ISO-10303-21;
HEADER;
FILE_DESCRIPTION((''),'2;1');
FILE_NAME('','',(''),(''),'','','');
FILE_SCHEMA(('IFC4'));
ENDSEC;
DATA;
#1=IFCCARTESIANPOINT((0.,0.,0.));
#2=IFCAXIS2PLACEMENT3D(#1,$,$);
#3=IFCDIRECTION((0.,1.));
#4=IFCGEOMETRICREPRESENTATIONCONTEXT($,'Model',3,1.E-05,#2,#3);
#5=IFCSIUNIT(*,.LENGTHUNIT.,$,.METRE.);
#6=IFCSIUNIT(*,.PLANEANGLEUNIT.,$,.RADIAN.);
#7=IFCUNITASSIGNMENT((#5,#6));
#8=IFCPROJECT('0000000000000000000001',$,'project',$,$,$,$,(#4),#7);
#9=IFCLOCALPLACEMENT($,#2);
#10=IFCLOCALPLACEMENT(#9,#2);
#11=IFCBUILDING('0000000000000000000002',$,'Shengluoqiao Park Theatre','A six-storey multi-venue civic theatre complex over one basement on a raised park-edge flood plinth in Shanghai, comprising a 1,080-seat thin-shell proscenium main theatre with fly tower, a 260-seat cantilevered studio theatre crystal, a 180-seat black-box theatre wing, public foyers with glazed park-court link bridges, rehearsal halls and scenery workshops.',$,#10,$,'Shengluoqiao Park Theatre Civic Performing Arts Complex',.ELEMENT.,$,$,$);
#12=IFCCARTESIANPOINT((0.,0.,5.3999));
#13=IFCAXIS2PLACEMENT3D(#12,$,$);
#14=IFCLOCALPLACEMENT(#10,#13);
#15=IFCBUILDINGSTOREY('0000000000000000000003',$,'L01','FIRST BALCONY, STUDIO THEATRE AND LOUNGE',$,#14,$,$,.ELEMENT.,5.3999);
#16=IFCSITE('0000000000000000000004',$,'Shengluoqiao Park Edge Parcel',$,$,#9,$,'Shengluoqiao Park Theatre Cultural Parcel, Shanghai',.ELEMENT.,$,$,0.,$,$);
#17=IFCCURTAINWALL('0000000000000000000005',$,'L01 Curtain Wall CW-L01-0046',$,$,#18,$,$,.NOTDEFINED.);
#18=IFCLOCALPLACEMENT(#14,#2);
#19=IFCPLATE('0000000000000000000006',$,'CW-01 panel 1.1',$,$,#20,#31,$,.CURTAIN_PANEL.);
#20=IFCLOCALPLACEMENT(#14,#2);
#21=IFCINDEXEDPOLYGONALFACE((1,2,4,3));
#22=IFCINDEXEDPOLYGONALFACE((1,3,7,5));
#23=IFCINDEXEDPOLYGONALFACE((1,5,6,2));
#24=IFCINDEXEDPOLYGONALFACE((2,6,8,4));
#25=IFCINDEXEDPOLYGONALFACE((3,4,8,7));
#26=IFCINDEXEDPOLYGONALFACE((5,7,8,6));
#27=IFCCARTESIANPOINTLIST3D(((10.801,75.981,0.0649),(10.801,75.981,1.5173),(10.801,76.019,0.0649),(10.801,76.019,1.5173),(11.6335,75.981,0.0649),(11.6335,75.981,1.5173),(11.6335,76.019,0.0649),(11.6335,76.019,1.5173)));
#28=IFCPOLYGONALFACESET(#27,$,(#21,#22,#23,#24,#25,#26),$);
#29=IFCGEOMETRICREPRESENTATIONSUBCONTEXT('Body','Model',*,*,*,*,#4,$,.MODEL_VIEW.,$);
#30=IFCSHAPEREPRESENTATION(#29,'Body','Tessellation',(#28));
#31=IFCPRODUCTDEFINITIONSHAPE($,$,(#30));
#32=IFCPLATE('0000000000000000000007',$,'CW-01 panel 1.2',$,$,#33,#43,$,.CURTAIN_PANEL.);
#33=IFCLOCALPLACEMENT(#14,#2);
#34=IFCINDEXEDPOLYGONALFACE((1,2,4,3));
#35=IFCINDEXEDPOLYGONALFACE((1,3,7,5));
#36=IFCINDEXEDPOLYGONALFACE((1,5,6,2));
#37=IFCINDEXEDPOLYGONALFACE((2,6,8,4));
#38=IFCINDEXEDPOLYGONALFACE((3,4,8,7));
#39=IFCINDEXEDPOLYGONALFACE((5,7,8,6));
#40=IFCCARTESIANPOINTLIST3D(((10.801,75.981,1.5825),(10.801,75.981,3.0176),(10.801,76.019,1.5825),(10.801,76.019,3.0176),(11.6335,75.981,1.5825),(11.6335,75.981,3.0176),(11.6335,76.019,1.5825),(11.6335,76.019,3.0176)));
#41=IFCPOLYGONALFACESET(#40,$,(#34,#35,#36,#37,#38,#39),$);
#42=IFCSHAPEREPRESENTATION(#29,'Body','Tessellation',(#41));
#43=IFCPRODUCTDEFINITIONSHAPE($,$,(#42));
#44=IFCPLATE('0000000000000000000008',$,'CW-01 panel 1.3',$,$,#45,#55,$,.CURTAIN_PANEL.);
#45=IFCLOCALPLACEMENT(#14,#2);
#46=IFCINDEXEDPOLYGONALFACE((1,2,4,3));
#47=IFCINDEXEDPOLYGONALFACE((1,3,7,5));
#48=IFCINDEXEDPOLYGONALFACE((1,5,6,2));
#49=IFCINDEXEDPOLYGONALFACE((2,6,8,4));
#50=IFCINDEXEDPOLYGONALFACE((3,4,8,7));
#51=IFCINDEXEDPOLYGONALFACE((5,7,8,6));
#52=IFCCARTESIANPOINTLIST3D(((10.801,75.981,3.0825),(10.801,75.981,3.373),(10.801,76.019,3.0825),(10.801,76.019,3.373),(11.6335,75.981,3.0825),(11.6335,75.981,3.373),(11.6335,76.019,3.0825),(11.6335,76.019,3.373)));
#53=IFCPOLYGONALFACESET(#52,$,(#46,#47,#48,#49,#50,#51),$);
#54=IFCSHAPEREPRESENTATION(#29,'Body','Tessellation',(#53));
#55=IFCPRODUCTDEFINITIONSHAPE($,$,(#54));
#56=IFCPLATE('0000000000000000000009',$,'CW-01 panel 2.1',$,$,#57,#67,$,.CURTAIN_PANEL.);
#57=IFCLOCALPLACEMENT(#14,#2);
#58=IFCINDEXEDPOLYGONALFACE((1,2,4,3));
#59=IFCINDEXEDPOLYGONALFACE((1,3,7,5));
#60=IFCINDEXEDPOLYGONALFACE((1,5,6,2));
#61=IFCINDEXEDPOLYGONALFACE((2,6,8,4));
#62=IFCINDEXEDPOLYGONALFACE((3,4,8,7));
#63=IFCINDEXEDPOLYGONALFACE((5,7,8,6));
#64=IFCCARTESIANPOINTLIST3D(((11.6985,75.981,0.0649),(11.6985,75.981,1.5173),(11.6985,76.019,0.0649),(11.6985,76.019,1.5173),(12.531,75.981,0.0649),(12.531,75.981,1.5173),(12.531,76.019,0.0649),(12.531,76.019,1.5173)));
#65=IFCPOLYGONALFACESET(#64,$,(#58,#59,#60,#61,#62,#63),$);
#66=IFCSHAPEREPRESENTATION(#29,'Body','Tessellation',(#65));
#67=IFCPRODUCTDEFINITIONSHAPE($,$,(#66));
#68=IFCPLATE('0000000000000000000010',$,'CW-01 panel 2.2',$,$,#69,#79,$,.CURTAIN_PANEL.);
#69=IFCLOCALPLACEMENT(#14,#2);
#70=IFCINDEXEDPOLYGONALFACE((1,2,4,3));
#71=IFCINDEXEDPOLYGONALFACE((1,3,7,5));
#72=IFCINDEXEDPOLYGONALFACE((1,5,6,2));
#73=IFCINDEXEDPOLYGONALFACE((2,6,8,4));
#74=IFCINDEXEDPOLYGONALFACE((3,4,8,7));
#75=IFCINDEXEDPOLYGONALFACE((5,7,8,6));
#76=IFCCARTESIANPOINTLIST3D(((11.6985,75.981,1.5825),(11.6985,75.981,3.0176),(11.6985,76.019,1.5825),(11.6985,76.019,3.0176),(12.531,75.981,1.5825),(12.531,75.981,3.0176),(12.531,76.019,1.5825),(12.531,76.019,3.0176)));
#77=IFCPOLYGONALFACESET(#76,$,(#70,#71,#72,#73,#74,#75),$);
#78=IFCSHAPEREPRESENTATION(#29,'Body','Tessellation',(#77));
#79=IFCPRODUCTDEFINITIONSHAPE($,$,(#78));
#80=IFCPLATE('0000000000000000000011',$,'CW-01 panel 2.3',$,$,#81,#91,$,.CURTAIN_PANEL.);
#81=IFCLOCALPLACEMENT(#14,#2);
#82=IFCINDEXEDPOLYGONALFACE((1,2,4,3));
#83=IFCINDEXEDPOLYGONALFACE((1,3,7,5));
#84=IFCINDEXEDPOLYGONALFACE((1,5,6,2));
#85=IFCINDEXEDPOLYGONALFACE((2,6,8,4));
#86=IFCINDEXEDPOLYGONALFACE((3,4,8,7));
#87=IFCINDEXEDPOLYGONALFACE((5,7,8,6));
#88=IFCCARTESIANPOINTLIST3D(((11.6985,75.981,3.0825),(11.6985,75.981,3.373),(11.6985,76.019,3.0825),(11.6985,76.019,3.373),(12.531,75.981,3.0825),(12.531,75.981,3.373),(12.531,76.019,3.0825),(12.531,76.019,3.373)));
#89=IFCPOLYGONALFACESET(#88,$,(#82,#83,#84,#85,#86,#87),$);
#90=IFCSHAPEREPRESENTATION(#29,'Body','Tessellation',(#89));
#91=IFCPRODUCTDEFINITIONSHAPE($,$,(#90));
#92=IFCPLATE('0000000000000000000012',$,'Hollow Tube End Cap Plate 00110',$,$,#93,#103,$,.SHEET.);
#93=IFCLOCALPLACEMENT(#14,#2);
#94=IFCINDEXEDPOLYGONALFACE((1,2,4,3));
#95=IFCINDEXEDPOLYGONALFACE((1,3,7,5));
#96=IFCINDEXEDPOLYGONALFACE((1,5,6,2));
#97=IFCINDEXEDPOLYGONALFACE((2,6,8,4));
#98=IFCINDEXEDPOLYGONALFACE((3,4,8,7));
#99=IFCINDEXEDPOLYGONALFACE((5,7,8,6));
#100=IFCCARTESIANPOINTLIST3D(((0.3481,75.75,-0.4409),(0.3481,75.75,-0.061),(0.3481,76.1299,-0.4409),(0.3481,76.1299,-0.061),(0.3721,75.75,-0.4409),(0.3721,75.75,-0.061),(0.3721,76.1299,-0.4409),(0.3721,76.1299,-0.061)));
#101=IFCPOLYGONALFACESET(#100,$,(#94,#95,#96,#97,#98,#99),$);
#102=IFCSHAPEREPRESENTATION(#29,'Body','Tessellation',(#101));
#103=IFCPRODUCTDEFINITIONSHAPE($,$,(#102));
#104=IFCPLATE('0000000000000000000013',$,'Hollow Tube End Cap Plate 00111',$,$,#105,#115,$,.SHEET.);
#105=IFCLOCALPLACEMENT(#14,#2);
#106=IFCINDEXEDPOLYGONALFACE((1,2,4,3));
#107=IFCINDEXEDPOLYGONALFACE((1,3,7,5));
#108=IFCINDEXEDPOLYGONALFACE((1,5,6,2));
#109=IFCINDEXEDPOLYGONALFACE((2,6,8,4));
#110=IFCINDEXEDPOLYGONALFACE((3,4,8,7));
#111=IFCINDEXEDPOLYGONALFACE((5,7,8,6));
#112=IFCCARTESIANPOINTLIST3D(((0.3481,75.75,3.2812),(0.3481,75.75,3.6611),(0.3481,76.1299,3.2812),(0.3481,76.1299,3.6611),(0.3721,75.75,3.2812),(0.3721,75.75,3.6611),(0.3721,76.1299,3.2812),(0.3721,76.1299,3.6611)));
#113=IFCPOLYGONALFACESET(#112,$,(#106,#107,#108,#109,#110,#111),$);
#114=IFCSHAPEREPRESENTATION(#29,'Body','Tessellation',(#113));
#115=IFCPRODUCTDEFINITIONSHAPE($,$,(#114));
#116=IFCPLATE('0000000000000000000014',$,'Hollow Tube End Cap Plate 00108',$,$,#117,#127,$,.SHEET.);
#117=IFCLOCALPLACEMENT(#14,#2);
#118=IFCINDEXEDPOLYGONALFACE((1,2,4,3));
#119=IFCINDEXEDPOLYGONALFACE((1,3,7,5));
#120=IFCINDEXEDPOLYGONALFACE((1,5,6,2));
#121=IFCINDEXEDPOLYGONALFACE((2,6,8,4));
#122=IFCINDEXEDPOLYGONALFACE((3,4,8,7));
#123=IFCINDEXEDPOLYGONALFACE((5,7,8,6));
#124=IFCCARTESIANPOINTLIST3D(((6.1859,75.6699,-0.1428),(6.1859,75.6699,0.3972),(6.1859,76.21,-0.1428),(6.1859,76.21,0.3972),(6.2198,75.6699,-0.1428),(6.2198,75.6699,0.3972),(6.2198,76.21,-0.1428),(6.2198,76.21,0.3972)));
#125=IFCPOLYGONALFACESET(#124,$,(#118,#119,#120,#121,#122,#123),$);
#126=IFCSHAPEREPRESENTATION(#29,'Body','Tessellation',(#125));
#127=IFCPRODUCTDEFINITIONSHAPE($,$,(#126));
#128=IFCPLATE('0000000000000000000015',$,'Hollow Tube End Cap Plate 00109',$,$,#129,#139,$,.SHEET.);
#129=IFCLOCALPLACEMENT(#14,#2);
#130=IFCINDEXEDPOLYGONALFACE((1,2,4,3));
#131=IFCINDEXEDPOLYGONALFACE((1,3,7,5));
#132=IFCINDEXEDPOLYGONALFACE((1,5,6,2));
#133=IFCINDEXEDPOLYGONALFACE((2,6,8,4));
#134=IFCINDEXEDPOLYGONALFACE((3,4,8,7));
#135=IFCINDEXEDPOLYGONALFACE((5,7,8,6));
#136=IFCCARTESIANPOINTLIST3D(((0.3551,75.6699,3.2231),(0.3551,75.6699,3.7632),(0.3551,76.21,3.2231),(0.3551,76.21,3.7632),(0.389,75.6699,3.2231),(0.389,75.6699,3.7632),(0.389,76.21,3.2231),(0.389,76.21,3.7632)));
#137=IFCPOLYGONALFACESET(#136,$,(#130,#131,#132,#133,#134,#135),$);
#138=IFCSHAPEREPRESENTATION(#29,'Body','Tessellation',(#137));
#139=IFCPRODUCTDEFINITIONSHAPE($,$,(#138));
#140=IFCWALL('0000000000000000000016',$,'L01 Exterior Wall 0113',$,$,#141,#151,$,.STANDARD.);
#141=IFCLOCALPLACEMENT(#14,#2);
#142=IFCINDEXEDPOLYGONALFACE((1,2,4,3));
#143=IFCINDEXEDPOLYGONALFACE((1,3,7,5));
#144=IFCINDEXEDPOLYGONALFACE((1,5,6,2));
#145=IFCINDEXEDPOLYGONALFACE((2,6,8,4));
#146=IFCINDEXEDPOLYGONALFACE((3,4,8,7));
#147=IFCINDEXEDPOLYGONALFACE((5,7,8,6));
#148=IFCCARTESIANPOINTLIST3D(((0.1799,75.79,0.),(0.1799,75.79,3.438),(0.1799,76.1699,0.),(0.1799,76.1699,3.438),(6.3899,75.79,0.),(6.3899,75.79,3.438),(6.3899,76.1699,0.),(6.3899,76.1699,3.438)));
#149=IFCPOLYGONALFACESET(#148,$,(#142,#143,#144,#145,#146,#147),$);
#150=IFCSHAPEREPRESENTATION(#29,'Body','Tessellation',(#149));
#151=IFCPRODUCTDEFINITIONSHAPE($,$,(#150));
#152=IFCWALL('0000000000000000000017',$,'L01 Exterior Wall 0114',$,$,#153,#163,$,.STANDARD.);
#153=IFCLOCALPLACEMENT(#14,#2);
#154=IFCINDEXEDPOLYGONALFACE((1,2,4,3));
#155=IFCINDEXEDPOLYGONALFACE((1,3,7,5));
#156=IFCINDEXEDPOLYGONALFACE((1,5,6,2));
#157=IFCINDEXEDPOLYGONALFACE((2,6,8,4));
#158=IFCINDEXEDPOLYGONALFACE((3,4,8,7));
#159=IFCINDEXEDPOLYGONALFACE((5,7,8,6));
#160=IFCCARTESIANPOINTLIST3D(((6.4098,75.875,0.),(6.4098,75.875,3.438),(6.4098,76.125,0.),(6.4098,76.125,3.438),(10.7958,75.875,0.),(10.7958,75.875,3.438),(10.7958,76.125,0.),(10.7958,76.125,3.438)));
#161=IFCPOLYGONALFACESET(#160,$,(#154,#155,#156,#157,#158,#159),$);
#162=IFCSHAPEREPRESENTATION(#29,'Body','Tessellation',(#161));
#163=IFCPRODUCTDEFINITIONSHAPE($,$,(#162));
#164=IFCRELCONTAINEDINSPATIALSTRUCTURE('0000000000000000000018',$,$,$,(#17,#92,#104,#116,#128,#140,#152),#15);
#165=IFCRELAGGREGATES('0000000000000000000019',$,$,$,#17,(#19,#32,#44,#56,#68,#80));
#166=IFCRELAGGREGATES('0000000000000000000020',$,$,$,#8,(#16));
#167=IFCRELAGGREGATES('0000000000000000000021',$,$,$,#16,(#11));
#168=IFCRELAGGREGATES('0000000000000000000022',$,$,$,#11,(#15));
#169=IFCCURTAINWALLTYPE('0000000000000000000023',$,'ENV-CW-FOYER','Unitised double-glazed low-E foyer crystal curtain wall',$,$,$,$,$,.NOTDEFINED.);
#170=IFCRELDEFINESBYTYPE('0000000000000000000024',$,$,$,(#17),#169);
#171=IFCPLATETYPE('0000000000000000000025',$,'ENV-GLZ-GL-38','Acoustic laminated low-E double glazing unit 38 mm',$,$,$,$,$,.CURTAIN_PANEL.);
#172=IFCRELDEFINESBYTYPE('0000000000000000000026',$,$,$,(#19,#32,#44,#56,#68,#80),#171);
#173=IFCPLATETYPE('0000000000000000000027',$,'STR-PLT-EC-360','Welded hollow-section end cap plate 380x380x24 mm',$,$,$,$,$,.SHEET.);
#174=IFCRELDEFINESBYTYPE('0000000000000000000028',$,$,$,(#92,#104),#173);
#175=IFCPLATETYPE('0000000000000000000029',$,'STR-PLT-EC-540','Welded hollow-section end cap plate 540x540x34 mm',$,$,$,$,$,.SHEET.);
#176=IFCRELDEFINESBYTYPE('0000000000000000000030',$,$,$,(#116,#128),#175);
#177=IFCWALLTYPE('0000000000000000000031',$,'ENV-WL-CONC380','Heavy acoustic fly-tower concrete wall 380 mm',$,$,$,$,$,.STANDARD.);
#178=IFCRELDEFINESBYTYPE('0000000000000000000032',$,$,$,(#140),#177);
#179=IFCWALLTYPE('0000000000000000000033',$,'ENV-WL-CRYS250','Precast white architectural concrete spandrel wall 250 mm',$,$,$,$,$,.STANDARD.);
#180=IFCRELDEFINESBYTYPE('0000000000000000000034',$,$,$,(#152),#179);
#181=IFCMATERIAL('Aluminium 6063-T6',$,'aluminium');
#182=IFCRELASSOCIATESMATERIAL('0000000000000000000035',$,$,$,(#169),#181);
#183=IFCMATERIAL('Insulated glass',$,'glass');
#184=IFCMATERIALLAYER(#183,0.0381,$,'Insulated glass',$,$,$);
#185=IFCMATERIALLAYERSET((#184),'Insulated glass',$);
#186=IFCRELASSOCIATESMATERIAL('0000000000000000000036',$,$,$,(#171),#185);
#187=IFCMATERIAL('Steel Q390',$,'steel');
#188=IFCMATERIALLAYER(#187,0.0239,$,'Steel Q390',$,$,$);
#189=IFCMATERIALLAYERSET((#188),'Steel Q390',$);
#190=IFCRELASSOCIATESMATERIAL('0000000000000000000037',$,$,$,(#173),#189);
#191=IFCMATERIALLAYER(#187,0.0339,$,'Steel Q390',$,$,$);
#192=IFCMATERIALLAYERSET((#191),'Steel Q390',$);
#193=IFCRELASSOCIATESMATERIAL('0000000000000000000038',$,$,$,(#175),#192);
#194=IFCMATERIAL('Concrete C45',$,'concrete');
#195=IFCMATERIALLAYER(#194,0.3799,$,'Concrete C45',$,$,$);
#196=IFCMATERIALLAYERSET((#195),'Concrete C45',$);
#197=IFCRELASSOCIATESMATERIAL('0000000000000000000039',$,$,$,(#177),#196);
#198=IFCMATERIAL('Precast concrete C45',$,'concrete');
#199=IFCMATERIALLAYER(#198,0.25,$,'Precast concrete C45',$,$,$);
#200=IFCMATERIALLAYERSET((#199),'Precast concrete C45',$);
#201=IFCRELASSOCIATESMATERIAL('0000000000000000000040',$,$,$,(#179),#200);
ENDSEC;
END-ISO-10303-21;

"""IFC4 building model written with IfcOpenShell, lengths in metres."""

from ifc_helpers import new_model, si_unit, direction, frame, frame_2d, origin, origin_2d, place, context, subcontext, project, spatial, rectangle, extrude, material, layer, layer_set, type_object, element, aggregate, save


model = new_model("IFC4")

# Units and contexts
model_context = context("Model", 3, precision=1e-05, world=origin(), true_north=direction((0.0, 1.0)))
body_context = subcontext(model_context, "Body", "Model", "MODEL_VIEW")
ifc_project = project(units=[si_unit("LENGTHUNIT", "METRE"), si_unit("PLANEANGLEUNIT", "RADIAN")], contexts=[model_context])

# Site, building, storey
site_placement = place(None, origin())
site = spatial("IfcSite", under=ifc_project, at=site_placement, Name="Shengluoqiao Park Edge Parcel", LongName="Shengluoqiao Park Theatre Cultural Parcel, Shanghai", CompositionType="ELEMENT", RefElevation=0.0)
building_placement = place(site_placement, origin())
building = spatial("IfcBuilding", under=site, at=building_placement, Name="Shengluoqiao Park Theatre", Description="A six-storey multi-venue civic theatre complex over one basement on a raised park-edge flood plinth in Shanghai, comprising a 1,080-seat thin-shell proscenium main theatre with fly tower, a 260-seat cantilevered studio theatre crystal, a 180-seat black-box theatre wing, public foyers with glazed park-court link bridges, rehearsal halls and scenery workshops.", LongName="Shengluoqiao Park Theatre Civic Performing Arts Complex", CompositionType="ELEMENT")
storey_placement = place(building_placement, frame((0.0, 0.0, 5.3999)))
storey = spatial("IfcBuildingStorey", under=building, at=storey_placement, Name="L01", Description="FIRST BALCONY, STUDIO THEATRE AND LOUNGE", CompositionType="ELEMENT", Elevation=5.3999)

# Curtain wall
ifc_material_1 = material(Name="Aluminium 6063-T6", Category="aluminium")
curtain_wall_type = type_object("IfcCurtainWallType", Name="ENV-CW-FOYER", Description="Unitised double-glazed low-E foyer crystal curtain wall", PredefinedType="NOTDEFINED", material=ifc_material_1)
curtain_wall_1_placement = place(storey_placement, origin())
curtain_wall_1 = element("IfcCurtainWall", 1, at=curtain_wall_1_placement, inside=storey, type_object=curtain_wall_type, Name="L01 Curtain Wall CW-L01-0046", PredefinedType="NOTDEFINED")

# Shared definitions
ifc_material_2 = material(Name="Steel Q390", Category="steel")

# Shared definitions
ifc_material_3 = material(Name="Precast concrete C45", Category="concrete")

# Plates
ifc_material_4 = material(Name="Insulated glass", Category="glass")
ifc_layer_1 = layer(ifc_material_4, 0.0381, Name="Insulated glass")
ifc_layer_set_1 = layer_set([ifc_layer_1], Name="Insulated glass")
plate_type_1 = type_object("IfcPlateType", Name="ENV-GLZ-GL-38", Description="Acoustic laminated low-E double glazing unit 38 mm", PredefinedType="CURTAIN_PANEL", material=ifc_layer_set_1)
plate_1_placement = place(storey_placement, frame((11.2173, 76.0, 0.0649), z_axis=(0.0, 0.0, 1.0), x_axis=(1.0, 0.0, 0.0)))
plate_1 = element("IfcPlate", 2, at=plate_1_placement, type_object=plate_type_1, Name="CW-01 panel 1.1", PredefinedType="CURTAIN_PANEL", context=body_context, shape_type="SweptSolid", body=[
    extrude(rectangle(XDim=0.8325, YDim=0.0381, at=origin_2d()), origin(), (0.0, 0.0, 1.0), 1.4524),
])
plate_2_placement = place(storey_placement, frame((11.2173, 76.0, 1.5825), z_axis=(0.0, 0.0, 1.0), x_axis=(1.0, 0.0, 0.0)))
plate_2 = element("IfcPlate", 3, at=plate_2_placement, type_object=plate_type_1, Name="CW-01 panel 1.2", PredefinedType="CURTAIN_PANEL", context=body_context, shape_type="SweptSolid", body=[
    extrude(rectangle(XDim=0.8325, YDim=0.0381, at=origin_2d()), origin(), (0.0, 0.0, 1.0), 1.4351),
])
plate_3_placement = place(storey_placement, frame((11.2173, 76.0, 3.0825), z_axis=(0.0, 0.0, 1.0), x_axis=(1.0, 0.0, 0.0)))
plate_3 = element("IfcPlate", 4, at=plate_3_placement, type_object=plate_type_1, Name="CW-01 panel 1.3", PredefinedType="CURTAIN_PANEL", context=body_context, shape_type="SweptSolid", body=[
    extrude(rectangle(XDim=0.8325, YDim=0.0381, at=origin_2d()), origin(), (0.0, 0.0, 1.0), 0.2905),
])
plate_4_placement = place(storey_placement, frame((12.1147, 76.0, 0.0649), z_axis=(0.0, 0.0, 1.0), x_axis=(1.0, 0.0, 0.0)))
plate_4 = element("IfcPlate", 5, at=plate_4_placement, type_object=plate_type_1, Name="CW-01 panel 2.1", PredefinedType="CURTAIN_PANEL", context=body_context, shape_type="SweptSolid", body=[
    extrude(rectangle(XDim=0.8325, YDim=0.0381, at=origin_2d()), origin(), (0.0, 0.0, 1.0), 1.4524),
])
plate_5_placement = place(storey_placement, frame((12.1147, 76.0, 1.5825), z_axis=(0.0, 0.0, 1.0), x_axis=(1.0, 0.0, 0.0)))
plate_5 = element("IfcPlate", 6, at=plate_5_placement, type_object=plate_type_1, Name="CW-01 panel 2.2", PredefinedType="CURTAIN_PANEL", context=body_context, shape_type="SweptSolid", body=[
    extrude(rectangle(XDim=0.8325, YDim=0.0381, at=origin_2d()), origin(), (0.0, 0.0, 1.0), 1.4351),
])
plate_6_placement = place(storey_placement, frame((12.1147, 76.0, 3.0825), z_axis=(0.0, 0.0, 1.0), x_axis=(1.0, 0.0, 0.0)))
plate_6 = element("IfcPlate", 7, at=plate_6_placement, type_object=plate_type_1, Name="CW-01 panel 2.3", PredefinedType="CURTAIN_PANEL", context=body_context, shape_type="SweptSolid", body=[
    extrude(rectangle(XDim=0.8325, YDim=0.0381, at=origin_2d()), origin(), (0.0, 0.0, 1.0), 0.2905),
])
aggregate(curtain_wall_1, [plate_1, plate_2, plate_3, plate_4, plate_5, plate_6])

# Plates
ifc_layer_2 = layer(ifc_material_2, 0.0239, Name="Steel Q390")
ifc_layer_set_2 = layer_set([ifc_layer_2], Name="Steel Q390")
plate_type_2 = type_object("IfcPlateType", Name="STR-PLT-EC-360", Description="Welded hollow-section end cap plate 380x380x24 mm", PredefinedType="SHEET", material=ifc_layer_set_2)
for number, where, z_axis, x_axis, name in (
    (8, (0.3601, 75.9399, -0.4409), (0.0, 0.0, 1.0), (1.0, 0.0, 0.0), "Hollow Tube End Cap Plate 00110"),
    (9, (0.3601, 75.9399, 3.2812), (0.0, 0.0, 1.0), (1.0, 0.0, 0.0), "Hollow Tube End Cap Plate 00111"),
):
    element("IfcPlate", number, at=place(storey_placement, frame(where, z_axis=z_axis, x_axis=x_axis)), inside=storey, type_object=plate_type_2, Name=name, PredefinedType="SHEET", context=body_context, shape_type="SweptSolid", body=[
        extrude(rectangle(XDim=0.0239, YDim=0.3799, at=origin_2d()), origin(), (0.0, 0.0, 1.0), 0.3799),
    ])
ifc_layer_3 = layer(ifc_material_2, 0.0339, Name="Steel Q390")
ifc_layer_set_3 = layer_set([ifc_layer_3], Name="Steel Q390")
plate_type_3 = type_object("IfcPlateType", Name="STR-PLT-EC-540", Description="Welded hollow-section end cap plate 540x540x34 mm", PredefinedType="SHEET", material=ifc_layer_set_3)
for number, where, z_axis, x_axis, name in (
    (10, (6.2029, 75.9399, -0.1428), (0.0, 0.0, 1.0), (-1.0, 0.0, 0.0), "Hollow Tube End Cap Plate 00108"),
    (11, (0.3721, 75.9399, 3.2231), (0.0, 0.0, 1.0), (-1.0, 0.0, 0.0), "Hollow Tube End Cap Plate 00109"),
):
    element("IfcPlate", number, at=place(storey_placement, frame(where, z_axis=z_axis, x_axis=x_axis)), inside=storey, type_object=plate_type_3, Name=name, PredefinedType="SHEET", context=body_context, shape_type="SweptSolid", body=[
        extrude(rectangle(XDim=0.0339, YDim=0.54, at=origin_2d()), origin(), (0.0, 0.0, 1.0), 0.54),
    ])

# Walls
ifc_material_5 = material(Name="Concrete C45", Category="concrete")
ifc_layer_4 = layer(ifc_material_5, 0.3799, Name="Concrete C45")
ifc_layer_set_4 = layer_set([ifc_layer_4], Name="Concrete C45")
wall_type_1 = type_object("IfcWallType", Name="ENV-WL-CONC380", Description="Heavy acoustic fly-tower concrete wall 380 mm", PredefinedType="STANDARD", material=ifc_layer_set_4)
wall_1_placement = place(storey_placement, frame((0.1799, 75.98, 0.0), z_axis=(0.0, 0.0, 1.0), x_axis=(1.0, 0.0, 0.0)))
element("IfcWall", 12, at=wall_1_placement, inside=storey, type_object=wall_type_1, Name="L01 Exterior Wall 0113", PredefinedType="STANDARD", context=body_context, shape_type="SweptSolid", body=[
    extrude(rectangle(XDim=6.21, YDim=0.3799, at=frame_2d((3.105, 0.0))), origin(), (0.0, 0.0, 1.0), 3.438),
])
ifc_layer_5 = layer(ifc_material_3, 0.25, Name="Precast concrete C45")
ifc_layer_set_5 = layer_set([ifc_layer_5], Name="Precast concrete C45")
wall_type_2 = type_object("IfcWallType", Name="ENV-WL-CRYS250", Description="Precast white architectural concrete spandrel wall 250 mm", PredefinedType="STANDARD", material=ifc_layer_set_5)
wall_2_placement = place(storey_placement, frame((6.4099, 76.0, 0.0), z_axis=(0.0, 0.0, 1.0), x_axis=(1.0, 0.0, 0.0)))
element("IfcWall", 13, at=wall_2_placement, inside=storey, type_object=wall_type_2, Name="L01 Exterior Wall 0114", PredefinedType="STANDARD", context=body_context, shape_type="SweptSolid", body=[
    extrude(rectangle(XDim=4.386, YDim=0.25, at=frame_2d((2.1929, 0.0))), origin(), (0.0, 0.0, 1.0), 3.438),
])

save(model, "model.ifc")
